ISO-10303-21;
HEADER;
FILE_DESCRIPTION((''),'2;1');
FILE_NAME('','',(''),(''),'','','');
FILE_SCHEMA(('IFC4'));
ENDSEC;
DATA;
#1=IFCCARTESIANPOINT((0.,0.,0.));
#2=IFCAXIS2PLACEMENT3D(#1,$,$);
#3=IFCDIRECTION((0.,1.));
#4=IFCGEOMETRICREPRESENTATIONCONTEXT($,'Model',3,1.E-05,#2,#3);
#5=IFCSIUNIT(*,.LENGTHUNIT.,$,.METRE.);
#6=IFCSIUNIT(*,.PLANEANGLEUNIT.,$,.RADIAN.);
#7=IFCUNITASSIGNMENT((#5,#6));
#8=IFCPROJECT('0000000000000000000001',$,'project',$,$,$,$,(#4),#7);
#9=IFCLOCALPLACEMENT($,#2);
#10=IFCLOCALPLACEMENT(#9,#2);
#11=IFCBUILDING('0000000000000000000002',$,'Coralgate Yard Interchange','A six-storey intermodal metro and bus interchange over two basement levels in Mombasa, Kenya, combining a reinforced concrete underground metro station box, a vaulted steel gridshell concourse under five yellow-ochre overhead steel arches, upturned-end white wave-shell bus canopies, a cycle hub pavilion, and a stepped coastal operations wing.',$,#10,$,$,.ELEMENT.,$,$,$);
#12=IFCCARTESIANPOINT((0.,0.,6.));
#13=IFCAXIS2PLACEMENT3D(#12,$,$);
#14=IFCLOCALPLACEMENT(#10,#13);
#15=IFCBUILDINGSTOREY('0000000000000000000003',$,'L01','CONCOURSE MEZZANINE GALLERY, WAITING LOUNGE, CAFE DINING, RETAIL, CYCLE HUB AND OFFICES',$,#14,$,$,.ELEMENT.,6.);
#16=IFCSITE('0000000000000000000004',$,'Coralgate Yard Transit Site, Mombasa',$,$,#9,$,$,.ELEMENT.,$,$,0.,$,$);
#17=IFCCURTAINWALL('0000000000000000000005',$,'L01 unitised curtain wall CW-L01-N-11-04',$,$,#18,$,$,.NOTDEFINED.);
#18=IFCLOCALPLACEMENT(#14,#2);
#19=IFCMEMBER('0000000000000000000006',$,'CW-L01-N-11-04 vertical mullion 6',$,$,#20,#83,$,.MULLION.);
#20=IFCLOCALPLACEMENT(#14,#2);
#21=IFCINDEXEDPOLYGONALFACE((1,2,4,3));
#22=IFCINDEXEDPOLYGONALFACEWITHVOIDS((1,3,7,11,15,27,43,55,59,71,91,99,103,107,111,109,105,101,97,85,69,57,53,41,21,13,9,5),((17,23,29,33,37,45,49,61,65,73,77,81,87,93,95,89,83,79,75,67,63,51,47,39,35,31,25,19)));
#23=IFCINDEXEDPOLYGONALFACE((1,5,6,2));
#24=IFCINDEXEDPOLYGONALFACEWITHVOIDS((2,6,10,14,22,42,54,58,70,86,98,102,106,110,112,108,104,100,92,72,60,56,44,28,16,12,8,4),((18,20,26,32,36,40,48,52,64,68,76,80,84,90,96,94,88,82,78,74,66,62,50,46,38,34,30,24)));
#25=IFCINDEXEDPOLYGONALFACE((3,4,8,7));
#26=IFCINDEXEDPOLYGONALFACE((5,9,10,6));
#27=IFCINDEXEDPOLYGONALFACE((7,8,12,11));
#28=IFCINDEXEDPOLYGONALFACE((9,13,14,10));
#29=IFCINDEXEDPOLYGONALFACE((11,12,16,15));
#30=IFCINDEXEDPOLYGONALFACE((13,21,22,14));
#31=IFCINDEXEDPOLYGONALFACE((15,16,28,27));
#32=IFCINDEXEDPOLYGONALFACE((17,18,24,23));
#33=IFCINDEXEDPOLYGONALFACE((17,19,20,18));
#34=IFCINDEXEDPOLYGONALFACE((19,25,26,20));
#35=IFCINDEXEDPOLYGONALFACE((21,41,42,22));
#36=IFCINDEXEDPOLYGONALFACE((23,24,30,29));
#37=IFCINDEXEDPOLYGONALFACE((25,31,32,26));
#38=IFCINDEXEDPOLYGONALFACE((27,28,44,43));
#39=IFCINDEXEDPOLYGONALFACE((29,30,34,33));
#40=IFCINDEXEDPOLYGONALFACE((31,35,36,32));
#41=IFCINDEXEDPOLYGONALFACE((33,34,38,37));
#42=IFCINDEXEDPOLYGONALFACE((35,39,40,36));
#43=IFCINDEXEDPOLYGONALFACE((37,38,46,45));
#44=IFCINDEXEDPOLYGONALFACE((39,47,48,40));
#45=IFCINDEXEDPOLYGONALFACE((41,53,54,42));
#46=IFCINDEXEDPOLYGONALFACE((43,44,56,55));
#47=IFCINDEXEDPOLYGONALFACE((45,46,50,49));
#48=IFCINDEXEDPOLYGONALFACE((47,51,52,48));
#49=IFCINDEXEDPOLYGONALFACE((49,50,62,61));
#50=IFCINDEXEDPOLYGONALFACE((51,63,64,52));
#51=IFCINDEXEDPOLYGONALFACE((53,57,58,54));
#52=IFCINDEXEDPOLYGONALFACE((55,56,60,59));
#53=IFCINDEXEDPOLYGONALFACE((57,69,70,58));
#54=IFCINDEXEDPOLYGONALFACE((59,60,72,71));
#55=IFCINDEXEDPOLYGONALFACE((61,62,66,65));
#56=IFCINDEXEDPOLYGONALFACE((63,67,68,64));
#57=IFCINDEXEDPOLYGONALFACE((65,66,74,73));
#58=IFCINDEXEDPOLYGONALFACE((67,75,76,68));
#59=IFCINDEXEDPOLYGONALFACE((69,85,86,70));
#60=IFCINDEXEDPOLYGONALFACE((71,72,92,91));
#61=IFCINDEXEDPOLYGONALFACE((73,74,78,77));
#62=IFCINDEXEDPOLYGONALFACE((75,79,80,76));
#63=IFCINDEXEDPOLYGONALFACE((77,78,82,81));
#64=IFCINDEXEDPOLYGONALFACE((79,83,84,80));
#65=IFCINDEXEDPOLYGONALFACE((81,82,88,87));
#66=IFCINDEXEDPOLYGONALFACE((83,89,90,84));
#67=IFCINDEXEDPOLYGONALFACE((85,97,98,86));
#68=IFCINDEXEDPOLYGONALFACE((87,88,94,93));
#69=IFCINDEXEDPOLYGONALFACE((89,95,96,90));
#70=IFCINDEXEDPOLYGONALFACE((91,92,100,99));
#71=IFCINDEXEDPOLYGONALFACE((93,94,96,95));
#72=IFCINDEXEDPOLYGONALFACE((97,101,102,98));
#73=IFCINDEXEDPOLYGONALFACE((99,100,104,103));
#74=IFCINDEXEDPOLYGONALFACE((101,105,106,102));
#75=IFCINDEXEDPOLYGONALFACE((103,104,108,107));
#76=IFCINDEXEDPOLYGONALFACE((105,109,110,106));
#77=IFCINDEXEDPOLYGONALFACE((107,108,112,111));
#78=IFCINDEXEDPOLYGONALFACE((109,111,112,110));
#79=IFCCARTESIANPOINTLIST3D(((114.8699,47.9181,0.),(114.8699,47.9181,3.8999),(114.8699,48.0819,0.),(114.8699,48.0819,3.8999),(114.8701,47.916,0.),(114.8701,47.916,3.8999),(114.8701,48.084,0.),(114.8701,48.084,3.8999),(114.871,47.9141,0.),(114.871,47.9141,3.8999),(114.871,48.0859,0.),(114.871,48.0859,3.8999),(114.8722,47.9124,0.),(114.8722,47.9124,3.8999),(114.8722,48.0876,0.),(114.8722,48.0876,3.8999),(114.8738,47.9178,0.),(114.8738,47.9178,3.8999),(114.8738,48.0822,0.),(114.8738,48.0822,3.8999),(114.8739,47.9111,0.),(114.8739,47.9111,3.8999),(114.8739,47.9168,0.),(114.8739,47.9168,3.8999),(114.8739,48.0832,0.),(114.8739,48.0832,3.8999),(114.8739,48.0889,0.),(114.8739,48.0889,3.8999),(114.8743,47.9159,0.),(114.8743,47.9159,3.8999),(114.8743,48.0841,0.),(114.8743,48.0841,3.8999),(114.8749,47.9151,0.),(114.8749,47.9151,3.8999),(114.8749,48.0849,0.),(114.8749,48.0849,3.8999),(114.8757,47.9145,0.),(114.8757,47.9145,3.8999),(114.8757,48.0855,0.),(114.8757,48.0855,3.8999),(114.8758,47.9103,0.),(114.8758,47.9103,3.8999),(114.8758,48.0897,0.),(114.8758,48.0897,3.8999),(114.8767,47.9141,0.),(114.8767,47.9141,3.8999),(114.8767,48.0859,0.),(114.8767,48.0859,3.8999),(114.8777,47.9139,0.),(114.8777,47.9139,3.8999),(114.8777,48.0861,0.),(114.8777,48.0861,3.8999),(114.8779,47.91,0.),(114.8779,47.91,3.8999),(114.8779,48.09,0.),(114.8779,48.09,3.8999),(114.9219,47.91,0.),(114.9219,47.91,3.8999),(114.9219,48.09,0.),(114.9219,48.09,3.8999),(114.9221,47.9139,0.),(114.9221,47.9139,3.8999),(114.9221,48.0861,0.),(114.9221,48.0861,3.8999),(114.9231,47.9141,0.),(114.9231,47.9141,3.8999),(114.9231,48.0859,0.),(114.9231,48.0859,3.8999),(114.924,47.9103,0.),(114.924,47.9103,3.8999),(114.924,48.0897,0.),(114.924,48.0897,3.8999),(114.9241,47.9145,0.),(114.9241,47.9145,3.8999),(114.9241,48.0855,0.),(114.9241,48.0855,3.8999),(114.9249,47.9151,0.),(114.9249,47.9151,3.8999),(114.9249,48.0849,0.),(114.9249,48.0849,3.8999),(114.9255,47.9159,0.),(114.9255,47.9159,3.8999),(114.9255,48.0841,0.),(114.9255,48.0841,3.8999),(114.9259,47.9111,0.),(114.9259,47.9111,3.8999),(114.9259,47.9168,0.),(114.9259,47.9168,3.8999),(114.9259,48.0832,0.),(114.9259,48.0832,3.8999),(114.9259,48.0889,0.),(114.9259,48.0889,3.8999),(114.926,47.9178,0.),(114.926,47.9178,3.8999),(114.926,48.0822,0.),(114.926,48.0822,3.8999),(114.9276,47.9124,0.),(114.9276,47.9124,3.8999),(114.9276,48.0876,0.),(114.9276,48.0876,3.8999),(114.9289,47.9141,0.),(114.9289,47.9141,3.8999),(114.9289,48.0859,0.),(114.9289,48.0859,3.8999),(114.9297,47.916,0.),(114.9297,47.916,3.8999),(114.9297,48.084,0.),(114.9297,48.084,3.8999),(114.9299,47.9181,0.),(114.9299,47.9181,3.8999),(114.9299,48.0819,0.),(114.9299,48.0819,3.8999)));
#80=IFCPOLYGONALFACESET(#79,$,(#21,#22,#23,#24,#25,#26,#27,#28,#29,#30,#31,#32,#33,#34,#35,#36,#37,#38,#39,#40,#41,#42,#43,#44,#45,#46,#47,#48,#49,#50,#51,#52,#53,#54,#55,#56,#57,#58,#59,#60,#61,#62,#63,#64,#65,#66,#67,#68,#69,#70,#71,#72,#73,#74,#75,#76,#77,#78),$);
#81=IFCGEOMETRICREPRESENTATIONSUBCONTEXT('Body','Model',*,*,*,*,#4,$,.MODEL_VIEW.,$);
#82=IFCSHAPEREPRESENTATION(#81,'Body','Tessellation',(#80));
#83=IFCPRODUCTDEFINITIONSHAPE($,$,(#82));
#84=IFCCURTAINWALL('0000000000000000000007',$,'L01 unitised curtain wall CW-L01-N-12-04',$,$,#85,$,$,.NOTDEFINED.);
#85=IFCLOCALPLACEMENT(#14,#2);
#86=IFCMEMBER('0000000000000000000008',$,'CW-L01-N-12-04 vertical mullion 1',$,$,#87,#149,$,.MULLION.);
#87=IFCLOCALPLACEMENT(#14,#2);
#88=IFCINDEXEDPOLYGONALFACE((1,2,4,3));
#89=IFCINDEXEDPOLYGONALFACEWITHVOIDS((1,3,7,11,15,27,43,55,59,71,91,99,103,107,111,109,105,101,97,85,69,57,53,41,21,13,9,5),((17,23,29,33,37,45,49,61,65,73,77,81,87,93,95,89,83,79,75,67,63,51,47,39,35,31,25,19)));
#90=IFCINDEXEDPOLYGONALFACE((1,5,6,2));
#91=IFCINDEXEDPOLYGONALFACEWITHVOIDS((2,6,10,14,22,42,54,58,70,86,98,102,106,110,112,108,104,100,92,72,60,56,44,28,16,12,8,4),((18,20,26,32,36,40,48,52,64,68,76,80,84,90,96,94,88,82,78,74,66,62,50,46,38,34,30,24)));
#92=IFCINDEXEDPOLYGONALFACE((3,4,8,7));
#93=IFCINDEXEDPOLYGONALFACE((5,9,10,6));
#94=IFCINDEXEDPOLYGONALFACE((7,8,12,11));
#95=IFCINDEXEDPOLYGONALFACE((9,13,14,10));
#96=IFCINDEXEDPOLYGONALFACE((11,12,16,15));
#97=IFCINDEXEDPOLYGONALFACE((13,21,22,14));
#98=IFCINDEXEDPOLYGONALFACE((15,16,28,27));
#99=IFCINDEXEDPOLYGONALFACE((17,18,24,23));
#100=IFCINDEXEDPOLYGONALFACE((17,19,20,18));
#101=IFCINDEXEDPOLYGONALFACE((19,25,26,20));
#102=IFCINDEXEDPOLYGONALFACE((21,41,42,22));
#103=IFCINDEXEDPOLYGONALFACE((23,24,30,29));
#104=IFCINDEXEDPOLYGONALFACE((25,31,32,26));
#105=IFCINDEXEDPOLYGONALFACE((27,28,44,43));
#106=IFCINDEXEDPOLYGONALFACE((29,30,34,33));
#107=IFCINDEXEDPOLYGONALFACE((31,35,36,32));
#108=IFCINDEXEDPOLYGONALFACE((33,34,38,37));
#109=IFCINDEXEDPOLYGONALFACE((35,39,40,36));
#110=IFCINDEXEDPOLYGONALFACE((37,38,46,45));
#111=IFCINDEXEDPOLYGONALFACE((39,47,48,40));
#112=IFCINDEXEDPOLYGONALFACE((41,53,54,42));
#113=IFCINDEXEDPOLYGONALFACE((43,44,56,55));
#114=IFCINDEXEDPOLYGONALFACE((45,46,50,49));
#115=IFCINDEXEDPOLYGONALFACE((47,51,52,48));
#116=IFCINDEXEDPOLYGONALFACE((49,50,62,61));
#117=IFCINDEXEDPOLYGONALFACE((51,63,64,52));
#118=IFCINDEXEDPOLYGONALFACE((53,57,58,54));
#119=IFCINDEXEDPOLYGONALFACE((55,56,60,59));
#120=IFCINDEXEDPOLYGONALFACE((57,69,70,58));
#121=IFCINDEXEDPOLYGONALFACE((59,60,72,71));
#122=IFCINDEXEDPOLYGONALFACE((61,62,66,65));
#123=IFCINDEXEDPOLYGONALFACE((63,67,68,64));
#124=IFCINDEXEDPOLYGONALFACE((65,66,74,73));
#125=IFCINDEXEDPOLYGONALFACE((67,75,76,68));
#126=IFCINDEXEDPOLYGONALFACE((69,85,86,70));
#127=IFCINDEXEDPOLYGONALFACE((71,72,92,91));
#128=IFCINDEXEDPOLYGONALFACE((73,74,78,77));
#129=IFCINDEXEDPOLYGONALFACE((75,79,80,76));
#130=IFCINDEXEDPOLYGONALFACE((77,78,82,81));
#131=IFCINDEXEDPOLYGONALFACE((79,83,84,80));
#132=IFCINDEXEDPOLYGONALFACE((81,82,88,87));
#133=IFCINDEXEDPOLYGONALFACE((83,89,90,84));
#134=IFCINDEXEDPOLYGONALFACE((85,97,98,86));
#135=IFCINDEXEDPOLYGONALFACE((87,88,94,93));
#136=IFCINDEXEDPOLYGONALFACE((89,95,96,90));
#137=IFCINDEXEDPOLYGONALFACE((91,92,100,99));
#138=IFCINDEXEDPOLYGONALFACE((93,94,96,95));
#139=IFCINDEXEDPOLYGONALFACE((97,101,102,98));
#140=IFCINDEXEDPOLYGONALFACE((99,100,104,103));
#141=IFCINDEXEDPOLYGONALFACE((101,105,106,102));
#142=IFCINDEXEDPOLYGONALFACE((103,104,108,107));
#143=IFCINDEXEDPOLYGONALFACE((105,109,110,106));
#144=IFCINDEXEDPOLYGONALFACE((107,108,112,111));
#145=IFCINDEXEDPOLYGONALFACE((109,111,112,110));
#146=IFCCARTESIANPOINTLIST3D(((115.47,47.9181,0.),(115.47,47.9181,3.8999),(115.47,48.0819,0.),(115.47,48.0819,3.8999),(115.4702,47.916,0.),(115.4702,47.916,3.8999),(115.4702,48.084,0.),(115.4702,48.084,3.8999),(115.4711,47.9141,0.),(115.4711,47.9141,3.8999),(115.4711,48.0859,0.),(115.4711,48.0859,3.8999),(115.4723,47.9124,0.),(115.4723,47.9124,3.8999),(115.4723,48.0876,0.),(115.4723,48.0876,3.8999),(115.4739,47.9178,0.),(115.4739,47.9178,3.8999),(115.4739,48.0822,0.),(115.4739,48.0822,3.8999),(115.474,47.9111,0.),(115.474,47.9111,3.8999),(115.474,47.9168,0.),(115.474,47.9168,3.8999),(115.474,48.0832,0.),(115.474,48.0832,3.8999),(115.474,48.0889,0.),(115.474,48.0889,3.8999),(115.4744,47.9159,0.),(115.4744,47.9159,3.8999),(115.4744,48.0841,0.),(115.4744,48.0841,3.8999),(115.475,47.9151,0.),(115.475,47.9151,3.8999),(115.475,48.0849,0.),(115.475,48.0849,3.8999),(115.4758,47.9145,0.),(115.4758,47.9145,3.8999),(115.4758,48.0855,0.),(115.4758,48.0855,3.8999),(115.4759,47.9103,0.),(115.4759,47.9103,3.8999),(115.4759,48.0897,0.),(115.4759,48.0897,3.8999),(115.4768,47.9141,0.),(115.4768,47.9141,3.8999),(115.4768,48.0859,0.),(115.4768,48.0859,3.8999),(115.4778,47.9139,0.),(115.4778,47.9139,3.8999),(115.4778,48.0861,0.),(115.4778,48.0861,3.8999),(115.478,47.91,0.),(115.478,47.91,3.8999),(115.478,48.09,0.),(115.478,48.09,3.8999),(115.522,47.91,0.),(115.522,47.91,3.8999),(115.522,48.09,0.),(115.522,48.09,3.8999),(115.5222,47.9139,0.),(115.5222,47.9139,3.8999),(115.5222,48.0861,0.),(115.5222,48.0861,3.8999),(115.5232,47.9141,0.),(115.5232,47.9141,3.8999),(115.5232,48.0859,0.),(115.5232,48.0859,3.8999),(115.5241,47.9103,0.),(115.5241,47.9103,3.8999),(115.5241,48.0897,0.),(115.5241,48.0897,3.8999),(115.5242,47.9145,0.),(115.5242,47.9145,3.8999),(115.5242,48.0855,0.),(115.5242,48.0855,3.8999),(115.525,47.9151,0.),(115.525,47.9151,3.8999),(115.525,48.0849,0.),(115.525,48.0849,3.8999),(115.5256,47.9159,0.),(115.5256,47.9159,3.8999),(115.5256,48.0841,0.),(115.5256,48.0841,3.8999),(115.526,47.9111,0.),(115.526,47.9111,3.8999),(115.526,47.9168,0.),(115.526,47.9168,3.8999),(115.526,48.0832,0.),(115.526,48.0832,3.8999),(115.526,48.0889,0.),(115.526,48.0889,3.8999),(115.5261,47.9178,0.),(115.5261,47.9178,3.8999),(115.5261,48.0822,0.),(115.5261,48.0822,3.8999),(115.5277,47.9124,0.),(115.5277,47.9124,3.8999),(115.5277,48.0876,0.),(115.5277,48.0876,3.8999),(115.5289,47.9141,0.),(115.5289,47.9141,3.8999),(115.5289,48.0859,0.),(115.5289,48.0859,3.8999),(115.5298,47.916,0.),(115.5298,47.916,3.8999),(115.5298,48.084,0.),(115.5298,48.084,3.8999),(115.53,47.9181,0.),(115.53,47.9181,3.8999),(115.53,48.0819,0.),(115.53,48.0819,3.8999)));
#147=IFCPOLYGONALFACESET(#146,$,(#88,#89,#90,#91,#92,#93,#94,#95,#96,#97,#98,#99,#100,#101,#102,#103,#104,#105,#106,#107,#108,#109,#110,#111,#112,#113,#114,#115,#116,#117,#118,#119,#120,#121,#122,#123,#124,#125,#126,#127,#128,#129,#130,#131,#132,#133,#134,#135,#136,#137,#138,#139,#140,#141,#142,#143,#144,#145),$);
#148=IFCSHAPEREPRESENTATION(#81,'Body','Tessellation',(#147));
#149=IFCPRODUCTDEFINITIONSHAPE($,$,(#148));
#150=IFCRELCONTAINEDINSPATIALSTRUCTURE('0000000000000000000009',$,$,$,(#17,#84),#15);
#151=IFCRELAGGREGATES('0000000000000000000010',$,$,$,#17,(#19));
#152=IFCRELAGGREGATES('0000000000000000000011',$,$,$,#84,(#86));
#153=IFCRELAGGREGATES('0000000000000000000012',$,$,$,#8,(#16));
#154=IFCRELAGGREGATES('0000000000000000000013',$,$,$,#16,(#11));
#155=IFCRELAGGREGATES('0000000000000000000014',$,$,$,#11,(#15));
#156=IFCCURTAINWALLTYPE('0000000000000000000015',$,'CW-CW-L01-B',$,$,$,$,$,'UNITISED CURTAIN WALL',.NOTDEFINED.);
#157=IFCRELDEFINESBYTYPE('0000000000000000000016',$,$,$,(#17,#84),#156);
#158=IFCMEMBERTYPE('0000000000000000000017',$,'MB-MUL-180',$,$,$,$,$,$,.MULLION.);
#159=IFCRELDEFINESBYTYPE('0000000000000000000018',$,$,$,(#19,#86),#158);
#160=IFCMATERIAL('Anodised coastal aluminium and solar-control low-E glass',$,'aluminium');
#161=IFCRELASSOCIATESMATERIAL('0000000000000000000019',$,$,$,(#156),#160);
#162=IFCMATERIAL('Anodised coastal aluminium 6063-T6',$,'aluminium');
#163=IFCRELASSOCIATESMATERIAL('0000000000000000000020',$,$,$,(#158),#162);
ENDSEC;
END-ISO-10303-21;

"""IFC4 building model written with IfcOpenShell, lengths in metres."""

from ifc_helpers import new_model, si_unit, direction, frame, origin, origin_2d, place, context, subcontext, project, spatial, hollow_rectangle, extrude, material, material_profile, profile_set, type_object, element, aggregate, save


model = new_model("IFC4")

# Units and contexts
model_context = context("Model", 3, precision=1e-05, world=origin(), true_north=direction((0.0, 1.0)))
body_context = subcontext(model_context, "Body", "Model", "MODEL_VIEW")
ifc_project = project(units=[si_unit("LENGTHUNIT", "METRE"), si_unit("PLANEANGLEUNIT", "RADIAN")], contexts=[model_context])

# Site, building, storey
site_placement = place(None, origin())
site = spatial("IfcSite", under=ifc_project, at=site_placement, Name="Coralgate Yard Transit Site, Mombasa", CompositionType="ELEMENT", RefElevation=0.0)
building_placement = place(site_placement, origin())
building = spatial("IfcBuilding", under=site, at=building_placement, Name="Coralgate Yard Interchange", Description="A six-storey intermodal metro and bus interchange over two basement levels in Mombasa, Kenya, combining a reinforced concrete underground metro station box, a vaulted steel gridshell concourse under five yellow-ochre overhead steel arches, upturned-end white wave-shell bus canopies, a cycle hub pavilion, and a stepped coastal operations wing.", CompositionType="ELEMENT")
storey_placement = place(building_placement, frame((0.0, 0.0, 6.0)))
storey = spatial("IfcBuildingStorey", under=building, at=storey_placement, Name="L01", Description="CONCOURSE MEZZANINE GALLERY, WAITING LOUNGE, CAFE DINING, RETAIL, CYCLE HUB AND OFFICES", CompositionType="ELEMENT", Elevation=6.0)

# Curtain walls, members
ifc_material_1 = material(Name="Anodised coastal aluminium and solar-control low-E glass", Category="aluminium")
curtain_wall_type = type_object("IfcCurtainWallType", Name="CW-CW-L01-B", ElementType="UNITISED CURTAIN WALL", PredefinedType="NOTDEFINED", material=ifc_material_1)
curtain_wall_1_placement = place(storey_placement, origin())
curtain_wall_1 = element("IfcCurtainWall", 1, at=curtain_wall_1_placement, inside=storey, type_object=curtain_wall_type, Name="L01 unitised curtain wall CW-L01-N-11-04", PredefinedType="NOTDEFINED")
ifc_material_2 = material(Name="Anodised coastal aluminium 6063-T6", Category="aluminium")
ifc_material_profile_1 = material_profile(ifc_material_2, hollow_rectangle(XDim=0.0601, YDim=0.1799, WallThickness=0.0039, InnerFilletRadius=0.0039, OuterFilletRadius=0.0081, at=origin_2d()), Name="ALU 60x180x4")
ifc_profile_set_1 = profile_set([ifc_material_profile_1], Name="Anodised coastal aluminium 6063-T6")
member_type_1 = type_object("IfcMemberType", Name="MB-MUL-180", PredefinedType="MULLION", material=ifc_profile_set_1)
member_1_placement = place(storey_placement, frame((114.8999, 48.0, 0.0), z_axis=(0.0, 0.0, 1.0), x_axis=(1.0, 0.0, 0.0)))
member_1 = element("IfcMember", 2, at=member_1_placement, type_object=member_type_1, Name="CW-L01-N-11-04 vertical mullion 6", PredefinedType="MULLION", context=body_context, shape_type="SweptSolid", body=[
    extrude(hollow_rectangle(XDim=0.0601, YDim=0.1799, WallThickness=0.0039, InnerFilletRadius=0.0039, OuterFilletRadius=0.0081, at=origin_2d()), origin(), (0.0, 0.0, 1.0), 3.8999),
])
curtain_wall_2_placement = place(storey_placement, origin())
curtain_wall_2 = element("IfcCurtainWall", 3, at=curtain_wall_2_placement, inside=storey, type_object=curtain_wall_type, Name="L01 unitised curtain wall CW-L01-N-12-04", PredefinedType="NOTDEFINED")
member_2_placement = place(storey_placement, frame((115.5, 48.0, 0.0), z_axis=(0.0, 0.0, 1.0), x_axis=(1.0, 0.0, 0.0)))
member_2 = element("IfcMember", 4, at=member_2_placement, type_object=member_type_1, Name="CW-L01-N-12-04 vertical mullion 1", PredefinedType="MULLION", context=body_context, shape_type="SweptSolid", body=[
    extrude(hollow_rectangle(XDim=0.0601, YDim=0.1799, WallThickness=0.0039, InnerFilletRadius=0.0039, OuterFilletRadius=0.0081, at=origin_2d()), origin(), (0.0, 0.0, 1.0), 3.8999),
])

aggregate(curtain_wall_1, [member_1])
aggregate(curtain_wall_2, [member_2])

save(model, "model.ifc")
